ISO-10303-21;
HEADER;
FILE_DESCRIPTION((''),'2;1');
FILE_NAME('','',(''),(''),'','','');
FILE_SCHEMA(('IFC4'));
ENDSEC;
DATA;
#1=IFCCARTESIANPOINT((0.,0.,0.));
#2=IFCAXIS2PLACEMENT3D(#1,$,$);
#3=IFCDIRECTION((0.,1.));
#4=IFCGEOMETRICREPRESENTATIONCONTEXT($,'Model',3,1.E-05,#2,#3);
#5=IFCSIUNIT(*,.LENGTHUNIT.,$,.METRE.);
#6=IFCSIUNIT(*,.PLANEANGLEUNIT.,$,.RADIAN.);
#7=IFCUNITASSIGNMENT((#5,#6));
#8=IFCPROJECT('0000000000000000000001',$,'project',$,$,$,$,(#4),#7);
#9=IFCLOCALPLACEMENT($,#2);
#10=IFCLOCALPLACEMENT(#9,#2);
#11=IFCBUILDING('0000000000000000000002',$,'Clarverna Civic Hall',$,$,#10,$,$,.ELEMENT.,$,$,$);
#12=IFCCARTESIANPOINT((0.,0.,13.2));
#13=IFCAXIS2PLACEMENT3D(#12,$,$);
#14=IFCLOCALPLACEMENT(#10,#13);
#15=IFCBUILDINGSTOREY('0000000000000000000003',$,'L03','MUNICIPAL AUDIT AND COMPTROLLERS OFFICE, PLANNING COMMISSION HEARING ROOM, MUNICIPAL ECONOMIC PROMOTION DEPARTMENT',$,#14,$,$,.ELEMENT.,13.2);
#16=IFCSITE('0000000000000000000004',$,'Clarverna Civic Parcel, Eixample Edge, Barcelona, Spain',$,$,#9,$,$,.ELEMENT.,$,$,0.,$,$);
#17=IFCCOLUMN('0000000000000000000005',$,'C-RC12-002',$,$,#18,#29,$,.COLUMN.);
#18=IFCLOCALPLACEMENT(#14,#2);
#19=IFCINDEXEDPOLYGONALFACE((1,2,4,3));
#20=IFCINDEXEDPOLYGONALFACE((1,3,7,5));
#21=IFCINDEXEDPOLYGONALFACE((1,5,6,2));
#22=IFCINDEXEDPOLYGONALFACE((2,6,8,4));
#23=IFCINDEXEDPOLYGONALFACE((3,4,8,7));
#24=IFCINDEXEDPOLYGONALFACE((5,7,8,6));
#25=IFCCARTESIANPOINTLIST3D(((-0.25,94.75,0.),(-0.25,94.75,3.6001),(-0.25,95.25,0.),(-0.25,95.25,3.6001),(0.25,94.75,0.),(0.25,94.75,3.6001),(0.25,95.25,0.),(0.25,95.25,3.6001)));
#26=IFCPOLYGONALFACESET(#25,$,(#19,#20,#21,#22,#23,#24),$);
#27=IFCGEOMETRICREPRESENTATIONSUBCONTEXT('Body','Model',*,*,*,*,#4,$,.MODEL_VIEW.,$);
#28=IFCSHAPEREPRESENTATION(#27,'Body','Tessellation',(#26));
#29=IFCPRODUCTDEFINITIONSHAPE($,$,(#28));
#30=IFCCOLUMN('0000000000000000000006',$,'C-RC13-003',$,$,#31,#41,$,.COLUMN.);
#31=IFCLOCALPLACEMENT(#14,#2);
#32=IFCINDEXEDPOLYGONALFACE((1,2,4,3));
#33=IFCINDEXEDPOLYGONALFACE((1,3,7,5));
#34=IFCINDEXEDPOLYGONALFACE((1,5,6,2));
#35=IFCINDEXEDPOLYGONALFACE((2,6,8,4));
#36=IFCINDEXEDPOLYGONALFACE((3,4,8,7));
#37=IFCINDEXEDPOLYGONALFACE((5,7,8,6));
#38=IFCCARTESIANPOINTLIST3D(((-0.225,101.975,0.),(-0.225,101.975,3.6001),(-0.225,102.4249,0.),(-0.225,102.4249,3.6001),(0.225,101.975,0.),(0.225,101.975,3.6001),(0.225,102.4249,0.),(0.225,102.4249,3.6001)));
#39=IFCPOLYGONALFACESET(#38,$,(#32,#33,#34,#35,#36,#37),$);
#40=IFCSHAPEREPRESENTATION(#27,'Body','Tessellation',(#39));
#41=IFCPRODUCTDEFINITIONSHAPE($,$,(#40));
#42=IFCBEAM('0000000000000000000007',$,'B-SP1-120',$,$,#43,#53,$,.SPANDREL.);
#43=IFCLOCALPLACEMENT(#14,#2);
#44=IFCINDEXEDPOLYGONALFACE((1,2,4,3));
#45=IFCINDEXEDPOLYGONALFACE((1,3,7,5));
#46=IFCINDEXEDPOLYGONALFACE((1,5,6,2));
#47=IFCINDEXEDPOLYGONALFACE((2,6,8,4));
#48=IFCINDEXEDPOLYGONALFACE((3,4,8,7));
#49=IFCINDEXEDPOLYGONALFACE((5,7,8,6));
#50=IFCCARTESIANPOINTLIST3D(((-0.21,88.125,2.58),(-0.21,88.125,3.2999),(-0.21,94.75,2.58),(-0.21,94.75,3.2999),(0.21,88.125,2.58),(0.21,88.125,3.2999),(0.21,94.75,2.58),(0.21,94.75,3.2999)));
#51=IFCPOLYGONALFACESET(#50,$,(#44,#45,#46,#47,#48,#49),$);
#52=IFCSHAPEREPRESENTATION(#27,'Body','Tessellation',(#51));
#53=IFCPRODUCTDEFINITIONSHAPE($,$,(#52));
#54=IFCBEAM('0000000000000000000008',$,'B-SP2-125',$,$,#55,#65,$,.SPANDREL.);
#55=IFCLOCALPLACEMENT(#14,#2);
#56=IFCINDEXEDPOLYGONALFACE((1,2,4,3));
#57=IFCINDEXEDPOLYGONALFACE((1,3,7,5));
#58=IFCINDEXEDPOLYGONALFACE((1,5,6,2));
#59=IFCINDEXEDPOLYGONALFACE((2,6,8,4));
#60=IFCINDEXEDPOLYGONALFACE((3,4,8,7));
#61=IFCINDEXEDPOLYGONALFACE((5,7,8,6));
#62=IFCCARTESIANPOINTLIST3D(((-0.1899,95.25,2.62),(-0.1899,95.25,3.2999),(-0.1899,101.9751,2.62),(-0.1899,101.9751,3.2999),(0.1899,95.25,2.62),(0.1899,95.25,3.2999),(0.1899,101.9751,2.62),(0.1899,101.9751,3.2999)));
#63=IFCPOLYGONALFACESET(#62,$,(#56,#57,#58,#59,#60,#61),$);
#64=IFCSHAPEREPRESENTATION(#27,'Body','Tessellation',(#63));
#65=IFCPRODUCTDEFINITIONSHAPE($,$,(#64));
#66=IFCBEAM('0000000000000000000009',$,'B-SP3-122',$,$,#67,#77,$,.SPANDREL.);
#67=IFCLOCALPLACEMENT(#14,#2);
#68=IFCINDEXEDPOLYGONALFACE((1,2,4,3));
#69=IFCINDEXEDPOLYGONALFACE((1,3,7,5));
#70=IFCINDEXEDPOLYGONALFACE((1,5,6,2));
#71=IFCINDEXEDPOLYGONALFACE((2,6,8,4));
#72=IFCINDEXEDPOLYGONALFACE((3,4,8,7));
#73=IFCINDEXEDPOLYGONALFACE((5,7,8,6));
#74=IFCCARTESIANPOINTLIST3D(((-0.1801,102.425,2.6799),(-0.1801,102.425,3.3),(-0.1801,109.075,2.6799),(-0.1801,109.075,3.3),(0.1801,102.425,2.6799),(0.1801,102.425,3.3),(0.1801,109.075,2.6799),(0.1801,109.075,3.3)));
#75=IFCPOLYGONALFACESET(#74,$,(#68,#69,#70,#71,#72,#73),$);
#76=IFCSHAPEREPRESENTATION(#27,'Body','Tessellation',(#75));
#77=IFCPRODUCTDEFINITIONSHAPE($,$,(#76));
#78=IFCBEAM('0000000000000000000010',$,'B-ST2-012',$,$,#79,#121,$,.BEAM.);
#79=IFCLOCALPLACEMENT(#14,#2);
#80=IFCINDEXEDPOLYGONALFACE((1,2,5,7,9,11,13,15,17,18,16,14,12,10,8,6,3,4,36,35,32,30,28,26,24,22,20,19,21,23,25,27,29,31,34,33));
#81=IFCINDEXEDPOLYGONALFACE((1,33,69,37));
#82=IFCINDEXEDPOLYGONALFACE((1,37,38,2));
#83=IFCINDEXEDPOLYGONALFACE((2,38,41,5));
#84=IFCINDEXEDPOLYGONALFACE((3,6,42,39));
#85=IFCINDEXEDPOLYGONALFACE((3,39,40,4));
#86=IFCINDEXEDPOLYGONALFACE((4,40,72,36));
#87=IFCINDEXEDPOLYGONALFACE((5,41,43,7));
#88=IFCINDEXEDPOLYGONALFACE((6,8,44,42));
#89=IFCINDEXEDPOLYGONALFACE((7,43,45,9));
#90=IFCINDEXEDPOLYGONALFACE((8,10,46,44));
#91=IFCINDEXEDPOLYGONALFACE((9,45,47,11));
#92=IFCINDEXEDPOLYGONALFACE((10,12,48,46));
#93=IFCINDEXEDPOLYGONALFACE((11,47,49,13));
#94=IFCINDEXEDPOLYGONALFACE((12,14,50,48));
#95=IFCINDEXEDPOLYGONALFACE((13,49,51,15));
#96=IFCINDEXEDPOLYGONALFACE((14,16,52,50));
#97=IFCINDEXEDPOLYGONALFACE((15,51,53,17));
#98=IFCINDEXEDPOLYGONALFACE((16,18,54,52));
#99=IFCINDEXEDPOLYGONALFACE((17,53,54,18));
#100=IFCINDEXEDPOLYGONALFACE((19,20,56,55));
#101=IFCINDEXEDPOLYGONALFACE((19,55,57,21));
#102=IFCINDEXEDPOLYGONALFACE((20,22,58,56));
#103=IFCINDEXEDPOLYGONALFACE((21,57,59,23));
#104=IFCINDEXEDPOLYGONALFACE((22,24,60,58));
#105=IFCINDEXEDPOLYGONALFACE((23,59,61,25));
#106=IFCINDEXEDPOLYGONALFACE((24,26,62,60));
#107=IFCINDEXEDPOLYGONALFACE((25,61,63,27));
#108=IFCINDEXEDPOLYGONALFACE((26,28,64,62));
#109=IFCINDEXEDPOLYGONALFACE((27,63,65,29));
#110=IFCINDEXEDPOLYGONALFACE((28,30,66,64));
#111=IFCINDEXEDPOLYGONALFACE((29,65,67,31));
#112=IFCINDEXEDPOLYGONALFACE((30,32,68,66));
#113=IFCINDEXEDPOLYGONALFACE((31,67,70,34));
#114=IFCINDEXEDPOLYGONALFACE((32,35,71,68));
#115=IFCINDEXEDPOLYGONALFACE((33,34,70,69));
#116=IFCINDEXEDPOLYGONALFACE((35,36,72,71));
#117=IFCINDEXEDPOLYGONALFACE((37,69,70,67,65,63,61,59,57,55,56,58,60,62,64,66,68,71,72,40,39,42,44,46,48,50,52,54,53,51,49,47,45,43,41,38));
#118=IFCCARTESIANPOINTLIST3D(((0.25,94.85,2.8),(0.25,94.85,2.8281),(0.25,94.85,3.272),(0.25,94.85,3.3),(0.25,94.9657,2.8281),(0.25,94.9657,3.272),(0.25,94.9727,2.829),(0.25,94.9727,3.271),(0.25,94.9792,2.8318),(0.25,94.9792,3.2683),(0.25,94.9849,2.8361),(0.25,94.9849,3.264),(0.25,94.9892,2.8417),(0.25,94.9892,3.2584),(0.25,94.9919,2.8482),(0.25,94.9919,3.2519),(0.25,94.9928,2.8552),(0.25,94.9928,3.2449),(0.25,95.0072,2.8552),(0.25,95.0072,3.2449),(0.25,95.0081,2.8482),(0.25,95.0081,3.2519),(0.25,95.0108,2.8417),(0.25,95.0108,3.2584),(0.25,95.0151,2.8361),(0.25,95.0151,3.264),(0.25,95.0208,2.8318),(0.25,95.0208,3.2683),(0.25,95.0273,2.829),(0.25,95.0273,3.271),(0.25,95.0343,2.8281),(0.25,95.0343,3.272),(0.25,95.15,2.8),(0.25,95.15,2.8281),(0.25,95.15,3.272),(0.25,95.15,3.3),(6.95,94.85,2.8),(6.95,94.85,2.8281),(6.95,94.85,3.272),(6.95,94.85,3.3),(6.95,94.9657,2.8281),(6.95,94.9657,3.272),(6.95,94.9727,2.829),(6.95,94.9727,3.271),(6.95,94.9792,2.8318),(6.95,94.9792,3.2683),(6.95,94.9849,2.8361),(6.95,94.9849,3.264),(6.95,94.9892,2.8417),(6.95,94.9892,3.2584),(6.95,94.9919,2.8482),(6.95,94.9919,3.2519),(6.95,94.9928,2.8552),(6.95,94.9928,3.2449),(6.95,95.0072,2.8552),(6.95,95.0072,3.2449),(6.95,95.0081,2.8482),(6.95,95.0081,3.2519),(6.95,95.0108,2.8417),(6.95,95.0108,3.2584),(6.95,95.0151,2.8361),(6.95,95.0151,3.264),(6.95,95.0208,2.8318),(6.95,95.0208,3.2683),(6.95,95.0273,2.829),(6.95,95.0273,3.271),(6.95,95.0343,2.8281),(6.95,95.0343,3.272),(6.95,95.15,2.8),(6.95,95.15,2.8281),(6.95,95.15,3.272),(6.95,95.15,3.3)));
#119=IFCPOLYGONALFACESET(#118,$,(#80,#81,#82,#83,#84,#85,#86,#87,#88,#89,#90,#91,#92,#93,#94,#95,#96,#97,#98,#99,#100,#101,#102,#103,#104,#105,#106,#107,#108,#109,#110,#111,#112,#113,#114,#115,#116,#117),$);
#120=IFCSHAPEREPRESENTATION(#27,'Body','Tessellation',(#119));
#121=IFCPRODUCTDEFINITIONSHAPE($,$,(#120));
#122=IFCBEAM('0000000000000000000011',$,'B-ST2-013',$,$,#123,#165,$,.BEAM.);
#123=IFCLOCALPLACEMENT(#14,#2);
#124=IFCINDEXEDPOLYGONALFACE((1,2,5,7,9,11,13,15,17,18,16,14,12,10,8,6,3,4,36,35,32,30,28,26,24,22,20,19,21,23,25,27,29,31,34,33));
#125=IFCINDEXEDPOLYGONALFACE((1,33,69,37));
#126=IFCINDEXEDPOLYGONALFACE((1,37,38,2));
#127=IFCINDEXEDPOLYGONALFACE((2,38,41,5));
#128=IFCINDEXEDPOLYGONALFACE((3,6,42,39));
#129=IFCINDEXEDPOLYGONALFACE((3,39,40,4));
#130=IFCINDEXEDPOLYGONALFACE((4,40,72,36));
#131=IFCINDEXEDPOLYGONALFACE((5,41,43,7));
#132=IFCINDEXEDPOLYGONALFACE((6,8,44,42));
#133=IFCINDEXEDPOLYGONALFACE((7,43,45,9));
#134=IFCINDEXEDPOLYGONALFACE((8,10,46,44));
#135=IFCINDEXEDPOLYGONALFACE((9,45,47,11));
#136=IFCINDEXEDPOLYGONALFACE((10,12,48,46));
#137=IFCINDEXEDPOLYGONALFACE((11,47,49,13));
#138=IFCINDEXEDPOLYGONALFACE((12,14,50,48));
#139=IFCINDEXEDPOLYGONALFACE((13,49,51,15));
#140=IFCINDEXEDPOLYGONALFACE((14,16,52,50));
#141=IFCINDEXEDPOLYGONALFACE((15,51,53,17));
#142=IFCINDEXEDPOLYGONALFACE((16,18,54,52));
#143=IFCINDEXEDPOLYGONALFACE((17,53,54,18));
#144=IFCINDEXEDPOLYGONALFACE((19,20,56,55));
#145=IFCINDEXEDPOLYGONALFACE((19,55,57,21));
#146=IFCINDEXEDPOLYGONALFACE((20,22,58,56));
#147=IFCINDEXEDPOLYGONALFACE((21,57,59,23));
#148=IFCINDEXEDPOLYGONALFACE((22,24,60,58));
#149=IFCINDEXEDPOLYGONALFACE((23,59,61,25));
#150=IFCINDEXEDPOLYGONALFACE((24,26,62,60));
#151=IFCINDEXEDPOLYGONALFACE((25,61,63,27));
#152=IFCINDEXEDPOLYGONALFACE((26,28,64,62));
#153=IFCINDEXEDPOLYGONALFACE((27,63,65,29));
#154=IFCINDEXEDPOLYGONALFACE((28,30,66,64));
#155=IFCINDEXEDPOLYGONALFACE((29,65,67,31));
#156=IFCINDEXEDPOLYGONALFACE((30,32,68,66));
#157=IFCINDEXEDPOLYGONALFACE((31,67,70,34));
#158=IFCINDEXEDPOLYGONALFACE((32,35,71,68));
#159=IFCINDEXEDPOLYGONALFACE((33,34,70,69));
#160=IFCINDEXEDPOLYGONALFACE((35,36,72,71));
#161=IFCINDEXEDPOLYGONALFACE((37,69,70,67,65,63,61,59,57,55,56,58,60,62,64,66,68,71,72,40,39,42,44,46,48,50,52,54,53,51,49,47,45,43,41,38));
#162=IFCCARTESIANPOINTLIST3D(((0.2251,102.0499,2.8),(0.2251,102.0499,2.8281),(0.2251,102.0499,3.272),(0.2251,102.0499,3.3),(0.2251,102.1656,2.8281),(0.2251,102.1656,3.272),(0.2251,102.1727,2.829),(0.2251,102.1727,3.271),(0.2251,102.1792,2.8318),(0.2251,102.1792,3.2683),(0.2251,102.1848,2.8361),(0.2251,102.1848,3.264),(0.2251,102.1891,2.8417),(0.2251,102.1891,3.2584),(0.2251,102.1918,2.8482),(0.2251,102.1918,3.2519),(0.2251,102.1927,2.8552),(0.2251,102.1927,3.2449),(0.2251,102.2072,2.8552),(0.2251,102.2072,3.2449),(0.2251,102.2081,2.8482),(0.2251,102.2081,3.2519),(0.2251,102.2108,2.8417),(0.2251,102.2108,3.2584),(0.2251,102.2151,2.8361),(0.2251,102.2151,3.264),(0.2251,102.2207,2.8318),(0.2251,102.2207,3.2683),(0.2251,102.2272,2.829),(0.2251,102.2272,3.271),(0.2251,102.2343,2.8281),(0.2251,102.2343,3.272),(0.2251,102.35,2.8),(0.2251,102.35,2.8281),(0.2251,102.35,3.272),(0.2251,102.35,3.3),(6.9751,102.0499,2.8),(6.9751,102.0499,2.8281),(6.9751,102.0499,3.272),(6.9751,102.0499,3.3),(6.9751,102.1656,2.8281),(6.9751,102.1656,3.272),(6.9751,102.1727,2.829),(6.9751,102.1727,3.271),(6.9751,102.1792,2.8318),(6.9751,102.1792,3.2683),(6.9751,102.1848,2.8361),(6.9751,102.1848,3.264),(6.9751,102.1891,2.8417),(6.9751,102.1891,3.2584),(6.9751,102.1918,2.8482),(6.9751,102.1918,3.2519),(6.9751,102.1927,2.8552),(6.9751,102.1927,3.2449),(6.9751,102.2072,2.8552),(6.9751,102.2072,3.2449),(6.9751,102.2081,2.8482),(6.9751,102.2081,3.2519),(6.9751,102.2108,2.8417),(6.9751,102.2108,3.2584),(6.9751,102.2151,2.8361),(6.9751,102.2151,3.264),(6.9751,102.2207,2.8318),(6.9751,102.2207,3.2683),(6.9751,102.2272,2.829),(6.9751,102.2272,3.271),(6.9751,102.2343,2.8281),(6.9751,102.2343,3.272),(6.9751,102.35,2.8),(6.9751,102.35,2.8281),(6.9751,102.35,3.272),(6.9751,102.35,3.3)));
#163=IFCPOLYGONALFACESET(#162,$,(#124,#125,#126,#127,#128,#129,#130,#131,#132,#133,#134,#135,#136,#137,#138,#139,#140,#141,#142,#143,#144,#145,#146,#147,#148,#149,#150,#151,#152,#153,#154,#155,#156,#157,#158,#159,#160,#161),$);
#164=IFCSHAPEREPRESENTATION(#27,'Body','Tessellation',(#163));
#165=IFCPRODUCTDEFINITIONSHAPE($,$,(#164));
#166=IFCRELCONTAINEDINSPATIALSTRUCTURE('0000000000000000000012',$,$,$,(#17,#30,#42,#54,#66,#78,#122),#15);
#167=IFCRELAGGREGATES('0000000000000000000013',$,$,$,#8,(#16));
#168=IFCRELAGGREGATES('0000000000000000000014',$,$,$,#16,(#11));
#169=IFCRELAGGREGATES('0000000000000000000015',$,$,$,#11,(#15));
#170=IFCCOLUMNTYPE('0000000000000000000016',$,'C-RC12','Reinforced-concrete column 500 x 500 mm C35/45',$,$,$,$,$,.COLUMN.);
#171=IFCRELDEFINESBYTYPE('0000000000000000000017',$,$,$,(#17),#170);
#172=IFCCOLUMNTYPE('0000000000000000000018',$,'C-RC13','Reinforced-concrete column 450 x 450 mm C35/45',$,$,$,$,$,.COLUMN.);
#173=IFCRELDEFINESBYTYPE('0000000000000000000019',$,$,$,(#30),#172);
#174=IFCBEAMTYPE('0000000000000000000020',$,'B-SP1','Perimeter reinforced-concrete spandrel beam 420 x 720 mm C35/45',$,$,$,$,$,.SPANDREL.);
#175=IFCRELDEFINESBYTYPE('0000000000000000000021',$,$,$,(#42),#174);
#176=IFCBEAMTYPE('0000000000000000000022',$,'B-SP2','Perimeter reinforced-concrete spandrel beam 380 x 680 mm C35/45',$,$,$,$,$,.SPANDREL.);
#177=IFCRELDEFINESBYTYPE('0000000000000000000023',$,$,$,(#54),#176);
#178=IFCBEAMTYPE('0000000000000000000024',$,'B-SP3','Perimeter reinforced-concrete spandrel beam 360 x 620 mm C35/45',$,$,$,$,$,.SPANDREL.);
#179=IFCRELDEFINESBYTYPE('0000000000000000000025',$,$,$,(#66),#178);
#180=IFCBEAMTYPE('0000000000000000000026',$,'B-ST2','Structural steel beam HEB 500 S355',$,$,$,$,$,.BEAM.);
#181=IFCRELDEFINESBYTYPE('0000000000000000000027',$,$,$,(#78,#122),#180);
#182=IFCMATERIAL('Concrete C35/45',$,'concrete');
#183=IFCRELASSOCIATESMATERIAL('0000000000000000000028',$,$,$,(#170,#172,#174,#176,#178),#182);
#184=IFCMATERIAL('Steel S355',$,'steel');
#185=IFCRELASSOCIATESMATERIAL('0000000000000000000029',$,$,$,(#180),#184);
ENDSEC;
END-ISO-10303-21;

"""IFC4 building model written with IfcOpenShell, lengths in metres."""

from ifc_helpers import new_model, si_unit, direction, frame, origin, origin_2d, place, context, subcontext, project, spatial, rectangle, i_section, extrude, material, material_profile, profile_set, type_object, element, save


model = new_model("IFC4")

# Units and contexts
model_context = context("Model", 3, precision=1e-05, world=origin(), true_north=direction((0.0, 1.0)))
body_context = subcontext(model_context, "Body", "Model", "MODEL_VIEW")
ifc_project = project(units=[si_unit("LENGTHUNIT", "METRE"), si_unit("PLANEANGLEUNIT", "RADIAN")], contexts=[model_context])

# Site, building, storey
site_placement = place(None, origin())
site = spatial("IfcSite", under=ifc_project, at=site_placement, Name="Clarverna Civic Parcel, Eixample Edge, Barcelona, Spain", CompositionType="ELEMENT", RefElevation=0.0)
building_placement = place(site_placement, origin())
building = spatial("IfcBuilding", under=site, at=building_placement, Name="Clarverna Civic Hall", CompositionType="ELEMENT")
storey_placement = place(building_placement, frame((0.0, 0.0, 13.2)))
storey = spatial("IfcBuildingStorey", under=building, at=storey_placement, Name="L03", Description="MUNICIPAL AUDIT AND COMPTROLLERS OFFICE, PLANNING COMMISSION HEARING ROOM, MUNICIPAL ECONOMIC PROMOTION DEPARTMENT", CompositionType="ELEMENT", Elevation=13.2)

# Columns
ifc_material_1 = material(Name="Concrete C35/45", Category="concrete")
ifc_material_profile_1 = material_profile(ifc_material_1, rectangle(XDim=0.5, YDim=0.5, at=origin_2d()), Name="RC 500x500")
ifc_profile_set_1 = profile_set([ifc_material_profile_1], Name="Concrete C35/45")
column_type_1 = type_object("IfcColumnType", Name="C-RC12", Description="Reinforced-concrete column 500 x 500 mm C35/45", PredefinedType="COLUMN", material=ifc_profile_set_1)
column_1_placement = place(storey_placement, frame((0.0, 95.0, 0.0), z_axis=(0.0, 0.0, 1.0), x_axis=(1.0, 0.0, 0.0)))
element("IfcColumn", 1, at=column_1_placement, inside=storey, type_object=column_type_1, Name="C-RC12-002", PredefinedType="COLUMN", context=body_context, shape_type="SweptSolid", body=[
    extrude(rectangle(XDim=0.5, YDim=0.5, at=origin_2d()), origin(), (0.0, 0.0, 1.0), 3.6001),
])
ifc_material_profile_2 = material_profile(ifc_material_1, rectangle(XDim=0.45, YDim=0.45, at=origin_2d()), Name="RC 450x450")
ifc_profile_set_2 = profile_set([ifc_material_profile_2], Name="Concrete C35/45")
column_type_2 = type_object("IfcColumnType", Name="C-RC13", Description="Reinforced-concrete column 450 x 450 mm C35/45", PredefinedType="COLUMN", material=ifc_profile_set_2)
column_2_placement = place(storey_placement, frame((0.0, 102.2, 0.0), z_axis=(0.0, 0.0, 1.0), x_axis=(1.0, 0.0, 0.0)))
element("IfcColumn", 2, at=column_2_placement, inside=storey, type_object=column_type_2, Name="C-RC13-003", PredefinedType="COLUMN", context=body_context, shape_type="SweptSolid", body=[
    extrude(rectangle(XDim=0.45, YDim=0.45, at=origin_2d()), origin(), (0.0, 0.0, 1.0), 3.6001),
])

# Beams
ifc_material_profile_3 = material_profile(ifc_material_1, rectangle(XDim=0.4199, YDim=0.72, at=origin_2d()), Name="RC 420x720")
ifc_profile_set_3 = profile_set([ifc_material_profile_3], Name="Concrete C35/45")
beam_type_1 = type_object("IfcBeamType", Name="B-SP1", Description="Perimeter reinforced-concrete spandrel beam 420 x 720 mm C35/45", PredefinedType="SPANDREL", material=ifc_profile_set_3)
beam_1_placement = place(storey_placement, frame((0.0, 88.125, 2.9399), z_axis=(0.0, 1.0, 0.0), x_axis=(-1.0, 0.0, 0.0)))
element("IfcBeam", 3, at=beam_1_placement, inside=storey, type_object=beam_type_1, Name="B-SP1-120", PredefinedType="SPANDREL", context=body_context, shape_type="SweptSolid", body=[
    extrude(rectangle(XDim=0.4199, YDim=0.72, at=origin_2d()), origin(), (0.0, 0.0, 1.0), 6.625),
])
ifc_material_profile_4 = material_profile(ifc_material_1, rectangle(XDim=0.3799, YDim=0.6799, at=origin_2d()), Name="RC 380x680")
ifc_profile_set_4 = profile_set([ifc_material_profile_4], Name="Concrete C35/45")
beam_type_2 = type_object("IfcBeamType", Name="B-SP2", Description="Perimeter reinforced-concrete spandrel beam 380 x 680 mm C35/45", PredefinedType="SPANDREL", material=ifc_profile_set_4)
beam_2_placement = place(storey_placement, frame((0.0, 95.25, 2.96), z_axis=(0.0, 1.0, 0.0), x_axis=(-1.0, 0.0, 0.0)))
element("IfcBeam", 4, at=beam_2_placement, inside=storey, type_object=beam_type_2, Name="B-SP2-125", PredefinedType="SPANDREL", context=body_context, shape_type="SweptSolid", body=[
    extrude(rectangle(XDim=0.3799, YDim=0.6799, at=origin_2d()), origin(), (0.0, 0.0, 1.0), 6.7251),
])
ifc_material_profile_5 = material_profile(ifc_material_1, rectangle(XDim=0.3601, YDim=0.6201, at=origin_2d()), Name="RC 360x620")
ifc_profile_set_5 = profile_set([ifc_material_profile_5], Name="Concrete C35/45")
beam_type_3 = type_object("IfcBeamType", Name="B-SP3", Description="Perimeter reinforced-concrete spandrel beam 360 x 620 mm C35/45", PredefinedType="SPANDREL", material=ifc_profile_set_5)
beam_3_placement = place(storey_placement, frame((0.0, 102.425, 2.99), z_axis=(0.0, 1.0, 0.0), x_axis=(-1.0, 0.0, 0.0)))
element("IfcBeam", 5, at=beam_3_placement, inside=storey, type_object=beam_type_3, Name="B-SP3-122", PredefinedType="SPANDREL", context=body_context, shape_type="SweptSolid", body=[
    extrude(rectangle(XDim=0.3601, YDim=0.6201, at=origin_2d()), origin(), (0.0, 0.0, 1.0), 6.6499),
])
ifc_material_2 = material(Name="Steel S355", Category="steel")
ifc_material_profile_6 = material_profile(ifc_material_2, i_section(OverallWidth=0.3, OverallDepth=0.5, WebThickness=0.0144, FlangeThickness=0.0281, FilletRadius=0.0271, at=origin_2d()), Name="HEB 500")
ifc_profile_set_6 = profile_set([ifc_material_profile_6], Name="Steel S355")
beam_type_4 = type_object("IfcBeamType", Name="B-ST2", Description="Structural steel beam HEB 500 S355", PredefinedType="BEAM", material=ifc_profile_set_6)
beam_4_placement = place(storey_placement, frame((0.25, 95.0, 3.05), z_axis=(1.0, 0.0, 0.0), x_axis=(0.0, 1.0, 0.0)))
element("IfcBeam", 6, at=beam_4_placement, inside=storey, type_object=beam_type_4, Name="B-ST2-012", PredefinedType="BEAM", context=body_context, shape_type="SweptSolid", body=[
    extrude(i_section(OverallWidth=0.3, OverallDepth=0.5, WebThickness=0.0144, FlangeThickness=0.0281, FilletRadius=0.0271, at=origin_2d()), origin(), (0.0, 0.0, 1.0), 6.7),
])
beam_5_placement = place(storey_placement, frame((0.2251, 102.2, 3.05), z_axis=(1.0, 0.0, 0.0), x_axis=(0.0, 1.0, 0.0)))
element("IfcBeam", 7, at=beam_5_placement, inside=storey, type_object=beam_type_4, Name="B-ST2-013", PredefinedType="BEAM", context=body_context, shape_type="SweptSolid", body=[
    extrude(i_section(OverallWidth=0.3, OverallDepth=0.5, WebThickness=0.0144, FlangeThickness=0.0281, FilletRadius=0.0271, at=origin_2d()), origin(), (0.0, 0.0, 1.0), 6.75),
])

save(model, "model.ifc")
